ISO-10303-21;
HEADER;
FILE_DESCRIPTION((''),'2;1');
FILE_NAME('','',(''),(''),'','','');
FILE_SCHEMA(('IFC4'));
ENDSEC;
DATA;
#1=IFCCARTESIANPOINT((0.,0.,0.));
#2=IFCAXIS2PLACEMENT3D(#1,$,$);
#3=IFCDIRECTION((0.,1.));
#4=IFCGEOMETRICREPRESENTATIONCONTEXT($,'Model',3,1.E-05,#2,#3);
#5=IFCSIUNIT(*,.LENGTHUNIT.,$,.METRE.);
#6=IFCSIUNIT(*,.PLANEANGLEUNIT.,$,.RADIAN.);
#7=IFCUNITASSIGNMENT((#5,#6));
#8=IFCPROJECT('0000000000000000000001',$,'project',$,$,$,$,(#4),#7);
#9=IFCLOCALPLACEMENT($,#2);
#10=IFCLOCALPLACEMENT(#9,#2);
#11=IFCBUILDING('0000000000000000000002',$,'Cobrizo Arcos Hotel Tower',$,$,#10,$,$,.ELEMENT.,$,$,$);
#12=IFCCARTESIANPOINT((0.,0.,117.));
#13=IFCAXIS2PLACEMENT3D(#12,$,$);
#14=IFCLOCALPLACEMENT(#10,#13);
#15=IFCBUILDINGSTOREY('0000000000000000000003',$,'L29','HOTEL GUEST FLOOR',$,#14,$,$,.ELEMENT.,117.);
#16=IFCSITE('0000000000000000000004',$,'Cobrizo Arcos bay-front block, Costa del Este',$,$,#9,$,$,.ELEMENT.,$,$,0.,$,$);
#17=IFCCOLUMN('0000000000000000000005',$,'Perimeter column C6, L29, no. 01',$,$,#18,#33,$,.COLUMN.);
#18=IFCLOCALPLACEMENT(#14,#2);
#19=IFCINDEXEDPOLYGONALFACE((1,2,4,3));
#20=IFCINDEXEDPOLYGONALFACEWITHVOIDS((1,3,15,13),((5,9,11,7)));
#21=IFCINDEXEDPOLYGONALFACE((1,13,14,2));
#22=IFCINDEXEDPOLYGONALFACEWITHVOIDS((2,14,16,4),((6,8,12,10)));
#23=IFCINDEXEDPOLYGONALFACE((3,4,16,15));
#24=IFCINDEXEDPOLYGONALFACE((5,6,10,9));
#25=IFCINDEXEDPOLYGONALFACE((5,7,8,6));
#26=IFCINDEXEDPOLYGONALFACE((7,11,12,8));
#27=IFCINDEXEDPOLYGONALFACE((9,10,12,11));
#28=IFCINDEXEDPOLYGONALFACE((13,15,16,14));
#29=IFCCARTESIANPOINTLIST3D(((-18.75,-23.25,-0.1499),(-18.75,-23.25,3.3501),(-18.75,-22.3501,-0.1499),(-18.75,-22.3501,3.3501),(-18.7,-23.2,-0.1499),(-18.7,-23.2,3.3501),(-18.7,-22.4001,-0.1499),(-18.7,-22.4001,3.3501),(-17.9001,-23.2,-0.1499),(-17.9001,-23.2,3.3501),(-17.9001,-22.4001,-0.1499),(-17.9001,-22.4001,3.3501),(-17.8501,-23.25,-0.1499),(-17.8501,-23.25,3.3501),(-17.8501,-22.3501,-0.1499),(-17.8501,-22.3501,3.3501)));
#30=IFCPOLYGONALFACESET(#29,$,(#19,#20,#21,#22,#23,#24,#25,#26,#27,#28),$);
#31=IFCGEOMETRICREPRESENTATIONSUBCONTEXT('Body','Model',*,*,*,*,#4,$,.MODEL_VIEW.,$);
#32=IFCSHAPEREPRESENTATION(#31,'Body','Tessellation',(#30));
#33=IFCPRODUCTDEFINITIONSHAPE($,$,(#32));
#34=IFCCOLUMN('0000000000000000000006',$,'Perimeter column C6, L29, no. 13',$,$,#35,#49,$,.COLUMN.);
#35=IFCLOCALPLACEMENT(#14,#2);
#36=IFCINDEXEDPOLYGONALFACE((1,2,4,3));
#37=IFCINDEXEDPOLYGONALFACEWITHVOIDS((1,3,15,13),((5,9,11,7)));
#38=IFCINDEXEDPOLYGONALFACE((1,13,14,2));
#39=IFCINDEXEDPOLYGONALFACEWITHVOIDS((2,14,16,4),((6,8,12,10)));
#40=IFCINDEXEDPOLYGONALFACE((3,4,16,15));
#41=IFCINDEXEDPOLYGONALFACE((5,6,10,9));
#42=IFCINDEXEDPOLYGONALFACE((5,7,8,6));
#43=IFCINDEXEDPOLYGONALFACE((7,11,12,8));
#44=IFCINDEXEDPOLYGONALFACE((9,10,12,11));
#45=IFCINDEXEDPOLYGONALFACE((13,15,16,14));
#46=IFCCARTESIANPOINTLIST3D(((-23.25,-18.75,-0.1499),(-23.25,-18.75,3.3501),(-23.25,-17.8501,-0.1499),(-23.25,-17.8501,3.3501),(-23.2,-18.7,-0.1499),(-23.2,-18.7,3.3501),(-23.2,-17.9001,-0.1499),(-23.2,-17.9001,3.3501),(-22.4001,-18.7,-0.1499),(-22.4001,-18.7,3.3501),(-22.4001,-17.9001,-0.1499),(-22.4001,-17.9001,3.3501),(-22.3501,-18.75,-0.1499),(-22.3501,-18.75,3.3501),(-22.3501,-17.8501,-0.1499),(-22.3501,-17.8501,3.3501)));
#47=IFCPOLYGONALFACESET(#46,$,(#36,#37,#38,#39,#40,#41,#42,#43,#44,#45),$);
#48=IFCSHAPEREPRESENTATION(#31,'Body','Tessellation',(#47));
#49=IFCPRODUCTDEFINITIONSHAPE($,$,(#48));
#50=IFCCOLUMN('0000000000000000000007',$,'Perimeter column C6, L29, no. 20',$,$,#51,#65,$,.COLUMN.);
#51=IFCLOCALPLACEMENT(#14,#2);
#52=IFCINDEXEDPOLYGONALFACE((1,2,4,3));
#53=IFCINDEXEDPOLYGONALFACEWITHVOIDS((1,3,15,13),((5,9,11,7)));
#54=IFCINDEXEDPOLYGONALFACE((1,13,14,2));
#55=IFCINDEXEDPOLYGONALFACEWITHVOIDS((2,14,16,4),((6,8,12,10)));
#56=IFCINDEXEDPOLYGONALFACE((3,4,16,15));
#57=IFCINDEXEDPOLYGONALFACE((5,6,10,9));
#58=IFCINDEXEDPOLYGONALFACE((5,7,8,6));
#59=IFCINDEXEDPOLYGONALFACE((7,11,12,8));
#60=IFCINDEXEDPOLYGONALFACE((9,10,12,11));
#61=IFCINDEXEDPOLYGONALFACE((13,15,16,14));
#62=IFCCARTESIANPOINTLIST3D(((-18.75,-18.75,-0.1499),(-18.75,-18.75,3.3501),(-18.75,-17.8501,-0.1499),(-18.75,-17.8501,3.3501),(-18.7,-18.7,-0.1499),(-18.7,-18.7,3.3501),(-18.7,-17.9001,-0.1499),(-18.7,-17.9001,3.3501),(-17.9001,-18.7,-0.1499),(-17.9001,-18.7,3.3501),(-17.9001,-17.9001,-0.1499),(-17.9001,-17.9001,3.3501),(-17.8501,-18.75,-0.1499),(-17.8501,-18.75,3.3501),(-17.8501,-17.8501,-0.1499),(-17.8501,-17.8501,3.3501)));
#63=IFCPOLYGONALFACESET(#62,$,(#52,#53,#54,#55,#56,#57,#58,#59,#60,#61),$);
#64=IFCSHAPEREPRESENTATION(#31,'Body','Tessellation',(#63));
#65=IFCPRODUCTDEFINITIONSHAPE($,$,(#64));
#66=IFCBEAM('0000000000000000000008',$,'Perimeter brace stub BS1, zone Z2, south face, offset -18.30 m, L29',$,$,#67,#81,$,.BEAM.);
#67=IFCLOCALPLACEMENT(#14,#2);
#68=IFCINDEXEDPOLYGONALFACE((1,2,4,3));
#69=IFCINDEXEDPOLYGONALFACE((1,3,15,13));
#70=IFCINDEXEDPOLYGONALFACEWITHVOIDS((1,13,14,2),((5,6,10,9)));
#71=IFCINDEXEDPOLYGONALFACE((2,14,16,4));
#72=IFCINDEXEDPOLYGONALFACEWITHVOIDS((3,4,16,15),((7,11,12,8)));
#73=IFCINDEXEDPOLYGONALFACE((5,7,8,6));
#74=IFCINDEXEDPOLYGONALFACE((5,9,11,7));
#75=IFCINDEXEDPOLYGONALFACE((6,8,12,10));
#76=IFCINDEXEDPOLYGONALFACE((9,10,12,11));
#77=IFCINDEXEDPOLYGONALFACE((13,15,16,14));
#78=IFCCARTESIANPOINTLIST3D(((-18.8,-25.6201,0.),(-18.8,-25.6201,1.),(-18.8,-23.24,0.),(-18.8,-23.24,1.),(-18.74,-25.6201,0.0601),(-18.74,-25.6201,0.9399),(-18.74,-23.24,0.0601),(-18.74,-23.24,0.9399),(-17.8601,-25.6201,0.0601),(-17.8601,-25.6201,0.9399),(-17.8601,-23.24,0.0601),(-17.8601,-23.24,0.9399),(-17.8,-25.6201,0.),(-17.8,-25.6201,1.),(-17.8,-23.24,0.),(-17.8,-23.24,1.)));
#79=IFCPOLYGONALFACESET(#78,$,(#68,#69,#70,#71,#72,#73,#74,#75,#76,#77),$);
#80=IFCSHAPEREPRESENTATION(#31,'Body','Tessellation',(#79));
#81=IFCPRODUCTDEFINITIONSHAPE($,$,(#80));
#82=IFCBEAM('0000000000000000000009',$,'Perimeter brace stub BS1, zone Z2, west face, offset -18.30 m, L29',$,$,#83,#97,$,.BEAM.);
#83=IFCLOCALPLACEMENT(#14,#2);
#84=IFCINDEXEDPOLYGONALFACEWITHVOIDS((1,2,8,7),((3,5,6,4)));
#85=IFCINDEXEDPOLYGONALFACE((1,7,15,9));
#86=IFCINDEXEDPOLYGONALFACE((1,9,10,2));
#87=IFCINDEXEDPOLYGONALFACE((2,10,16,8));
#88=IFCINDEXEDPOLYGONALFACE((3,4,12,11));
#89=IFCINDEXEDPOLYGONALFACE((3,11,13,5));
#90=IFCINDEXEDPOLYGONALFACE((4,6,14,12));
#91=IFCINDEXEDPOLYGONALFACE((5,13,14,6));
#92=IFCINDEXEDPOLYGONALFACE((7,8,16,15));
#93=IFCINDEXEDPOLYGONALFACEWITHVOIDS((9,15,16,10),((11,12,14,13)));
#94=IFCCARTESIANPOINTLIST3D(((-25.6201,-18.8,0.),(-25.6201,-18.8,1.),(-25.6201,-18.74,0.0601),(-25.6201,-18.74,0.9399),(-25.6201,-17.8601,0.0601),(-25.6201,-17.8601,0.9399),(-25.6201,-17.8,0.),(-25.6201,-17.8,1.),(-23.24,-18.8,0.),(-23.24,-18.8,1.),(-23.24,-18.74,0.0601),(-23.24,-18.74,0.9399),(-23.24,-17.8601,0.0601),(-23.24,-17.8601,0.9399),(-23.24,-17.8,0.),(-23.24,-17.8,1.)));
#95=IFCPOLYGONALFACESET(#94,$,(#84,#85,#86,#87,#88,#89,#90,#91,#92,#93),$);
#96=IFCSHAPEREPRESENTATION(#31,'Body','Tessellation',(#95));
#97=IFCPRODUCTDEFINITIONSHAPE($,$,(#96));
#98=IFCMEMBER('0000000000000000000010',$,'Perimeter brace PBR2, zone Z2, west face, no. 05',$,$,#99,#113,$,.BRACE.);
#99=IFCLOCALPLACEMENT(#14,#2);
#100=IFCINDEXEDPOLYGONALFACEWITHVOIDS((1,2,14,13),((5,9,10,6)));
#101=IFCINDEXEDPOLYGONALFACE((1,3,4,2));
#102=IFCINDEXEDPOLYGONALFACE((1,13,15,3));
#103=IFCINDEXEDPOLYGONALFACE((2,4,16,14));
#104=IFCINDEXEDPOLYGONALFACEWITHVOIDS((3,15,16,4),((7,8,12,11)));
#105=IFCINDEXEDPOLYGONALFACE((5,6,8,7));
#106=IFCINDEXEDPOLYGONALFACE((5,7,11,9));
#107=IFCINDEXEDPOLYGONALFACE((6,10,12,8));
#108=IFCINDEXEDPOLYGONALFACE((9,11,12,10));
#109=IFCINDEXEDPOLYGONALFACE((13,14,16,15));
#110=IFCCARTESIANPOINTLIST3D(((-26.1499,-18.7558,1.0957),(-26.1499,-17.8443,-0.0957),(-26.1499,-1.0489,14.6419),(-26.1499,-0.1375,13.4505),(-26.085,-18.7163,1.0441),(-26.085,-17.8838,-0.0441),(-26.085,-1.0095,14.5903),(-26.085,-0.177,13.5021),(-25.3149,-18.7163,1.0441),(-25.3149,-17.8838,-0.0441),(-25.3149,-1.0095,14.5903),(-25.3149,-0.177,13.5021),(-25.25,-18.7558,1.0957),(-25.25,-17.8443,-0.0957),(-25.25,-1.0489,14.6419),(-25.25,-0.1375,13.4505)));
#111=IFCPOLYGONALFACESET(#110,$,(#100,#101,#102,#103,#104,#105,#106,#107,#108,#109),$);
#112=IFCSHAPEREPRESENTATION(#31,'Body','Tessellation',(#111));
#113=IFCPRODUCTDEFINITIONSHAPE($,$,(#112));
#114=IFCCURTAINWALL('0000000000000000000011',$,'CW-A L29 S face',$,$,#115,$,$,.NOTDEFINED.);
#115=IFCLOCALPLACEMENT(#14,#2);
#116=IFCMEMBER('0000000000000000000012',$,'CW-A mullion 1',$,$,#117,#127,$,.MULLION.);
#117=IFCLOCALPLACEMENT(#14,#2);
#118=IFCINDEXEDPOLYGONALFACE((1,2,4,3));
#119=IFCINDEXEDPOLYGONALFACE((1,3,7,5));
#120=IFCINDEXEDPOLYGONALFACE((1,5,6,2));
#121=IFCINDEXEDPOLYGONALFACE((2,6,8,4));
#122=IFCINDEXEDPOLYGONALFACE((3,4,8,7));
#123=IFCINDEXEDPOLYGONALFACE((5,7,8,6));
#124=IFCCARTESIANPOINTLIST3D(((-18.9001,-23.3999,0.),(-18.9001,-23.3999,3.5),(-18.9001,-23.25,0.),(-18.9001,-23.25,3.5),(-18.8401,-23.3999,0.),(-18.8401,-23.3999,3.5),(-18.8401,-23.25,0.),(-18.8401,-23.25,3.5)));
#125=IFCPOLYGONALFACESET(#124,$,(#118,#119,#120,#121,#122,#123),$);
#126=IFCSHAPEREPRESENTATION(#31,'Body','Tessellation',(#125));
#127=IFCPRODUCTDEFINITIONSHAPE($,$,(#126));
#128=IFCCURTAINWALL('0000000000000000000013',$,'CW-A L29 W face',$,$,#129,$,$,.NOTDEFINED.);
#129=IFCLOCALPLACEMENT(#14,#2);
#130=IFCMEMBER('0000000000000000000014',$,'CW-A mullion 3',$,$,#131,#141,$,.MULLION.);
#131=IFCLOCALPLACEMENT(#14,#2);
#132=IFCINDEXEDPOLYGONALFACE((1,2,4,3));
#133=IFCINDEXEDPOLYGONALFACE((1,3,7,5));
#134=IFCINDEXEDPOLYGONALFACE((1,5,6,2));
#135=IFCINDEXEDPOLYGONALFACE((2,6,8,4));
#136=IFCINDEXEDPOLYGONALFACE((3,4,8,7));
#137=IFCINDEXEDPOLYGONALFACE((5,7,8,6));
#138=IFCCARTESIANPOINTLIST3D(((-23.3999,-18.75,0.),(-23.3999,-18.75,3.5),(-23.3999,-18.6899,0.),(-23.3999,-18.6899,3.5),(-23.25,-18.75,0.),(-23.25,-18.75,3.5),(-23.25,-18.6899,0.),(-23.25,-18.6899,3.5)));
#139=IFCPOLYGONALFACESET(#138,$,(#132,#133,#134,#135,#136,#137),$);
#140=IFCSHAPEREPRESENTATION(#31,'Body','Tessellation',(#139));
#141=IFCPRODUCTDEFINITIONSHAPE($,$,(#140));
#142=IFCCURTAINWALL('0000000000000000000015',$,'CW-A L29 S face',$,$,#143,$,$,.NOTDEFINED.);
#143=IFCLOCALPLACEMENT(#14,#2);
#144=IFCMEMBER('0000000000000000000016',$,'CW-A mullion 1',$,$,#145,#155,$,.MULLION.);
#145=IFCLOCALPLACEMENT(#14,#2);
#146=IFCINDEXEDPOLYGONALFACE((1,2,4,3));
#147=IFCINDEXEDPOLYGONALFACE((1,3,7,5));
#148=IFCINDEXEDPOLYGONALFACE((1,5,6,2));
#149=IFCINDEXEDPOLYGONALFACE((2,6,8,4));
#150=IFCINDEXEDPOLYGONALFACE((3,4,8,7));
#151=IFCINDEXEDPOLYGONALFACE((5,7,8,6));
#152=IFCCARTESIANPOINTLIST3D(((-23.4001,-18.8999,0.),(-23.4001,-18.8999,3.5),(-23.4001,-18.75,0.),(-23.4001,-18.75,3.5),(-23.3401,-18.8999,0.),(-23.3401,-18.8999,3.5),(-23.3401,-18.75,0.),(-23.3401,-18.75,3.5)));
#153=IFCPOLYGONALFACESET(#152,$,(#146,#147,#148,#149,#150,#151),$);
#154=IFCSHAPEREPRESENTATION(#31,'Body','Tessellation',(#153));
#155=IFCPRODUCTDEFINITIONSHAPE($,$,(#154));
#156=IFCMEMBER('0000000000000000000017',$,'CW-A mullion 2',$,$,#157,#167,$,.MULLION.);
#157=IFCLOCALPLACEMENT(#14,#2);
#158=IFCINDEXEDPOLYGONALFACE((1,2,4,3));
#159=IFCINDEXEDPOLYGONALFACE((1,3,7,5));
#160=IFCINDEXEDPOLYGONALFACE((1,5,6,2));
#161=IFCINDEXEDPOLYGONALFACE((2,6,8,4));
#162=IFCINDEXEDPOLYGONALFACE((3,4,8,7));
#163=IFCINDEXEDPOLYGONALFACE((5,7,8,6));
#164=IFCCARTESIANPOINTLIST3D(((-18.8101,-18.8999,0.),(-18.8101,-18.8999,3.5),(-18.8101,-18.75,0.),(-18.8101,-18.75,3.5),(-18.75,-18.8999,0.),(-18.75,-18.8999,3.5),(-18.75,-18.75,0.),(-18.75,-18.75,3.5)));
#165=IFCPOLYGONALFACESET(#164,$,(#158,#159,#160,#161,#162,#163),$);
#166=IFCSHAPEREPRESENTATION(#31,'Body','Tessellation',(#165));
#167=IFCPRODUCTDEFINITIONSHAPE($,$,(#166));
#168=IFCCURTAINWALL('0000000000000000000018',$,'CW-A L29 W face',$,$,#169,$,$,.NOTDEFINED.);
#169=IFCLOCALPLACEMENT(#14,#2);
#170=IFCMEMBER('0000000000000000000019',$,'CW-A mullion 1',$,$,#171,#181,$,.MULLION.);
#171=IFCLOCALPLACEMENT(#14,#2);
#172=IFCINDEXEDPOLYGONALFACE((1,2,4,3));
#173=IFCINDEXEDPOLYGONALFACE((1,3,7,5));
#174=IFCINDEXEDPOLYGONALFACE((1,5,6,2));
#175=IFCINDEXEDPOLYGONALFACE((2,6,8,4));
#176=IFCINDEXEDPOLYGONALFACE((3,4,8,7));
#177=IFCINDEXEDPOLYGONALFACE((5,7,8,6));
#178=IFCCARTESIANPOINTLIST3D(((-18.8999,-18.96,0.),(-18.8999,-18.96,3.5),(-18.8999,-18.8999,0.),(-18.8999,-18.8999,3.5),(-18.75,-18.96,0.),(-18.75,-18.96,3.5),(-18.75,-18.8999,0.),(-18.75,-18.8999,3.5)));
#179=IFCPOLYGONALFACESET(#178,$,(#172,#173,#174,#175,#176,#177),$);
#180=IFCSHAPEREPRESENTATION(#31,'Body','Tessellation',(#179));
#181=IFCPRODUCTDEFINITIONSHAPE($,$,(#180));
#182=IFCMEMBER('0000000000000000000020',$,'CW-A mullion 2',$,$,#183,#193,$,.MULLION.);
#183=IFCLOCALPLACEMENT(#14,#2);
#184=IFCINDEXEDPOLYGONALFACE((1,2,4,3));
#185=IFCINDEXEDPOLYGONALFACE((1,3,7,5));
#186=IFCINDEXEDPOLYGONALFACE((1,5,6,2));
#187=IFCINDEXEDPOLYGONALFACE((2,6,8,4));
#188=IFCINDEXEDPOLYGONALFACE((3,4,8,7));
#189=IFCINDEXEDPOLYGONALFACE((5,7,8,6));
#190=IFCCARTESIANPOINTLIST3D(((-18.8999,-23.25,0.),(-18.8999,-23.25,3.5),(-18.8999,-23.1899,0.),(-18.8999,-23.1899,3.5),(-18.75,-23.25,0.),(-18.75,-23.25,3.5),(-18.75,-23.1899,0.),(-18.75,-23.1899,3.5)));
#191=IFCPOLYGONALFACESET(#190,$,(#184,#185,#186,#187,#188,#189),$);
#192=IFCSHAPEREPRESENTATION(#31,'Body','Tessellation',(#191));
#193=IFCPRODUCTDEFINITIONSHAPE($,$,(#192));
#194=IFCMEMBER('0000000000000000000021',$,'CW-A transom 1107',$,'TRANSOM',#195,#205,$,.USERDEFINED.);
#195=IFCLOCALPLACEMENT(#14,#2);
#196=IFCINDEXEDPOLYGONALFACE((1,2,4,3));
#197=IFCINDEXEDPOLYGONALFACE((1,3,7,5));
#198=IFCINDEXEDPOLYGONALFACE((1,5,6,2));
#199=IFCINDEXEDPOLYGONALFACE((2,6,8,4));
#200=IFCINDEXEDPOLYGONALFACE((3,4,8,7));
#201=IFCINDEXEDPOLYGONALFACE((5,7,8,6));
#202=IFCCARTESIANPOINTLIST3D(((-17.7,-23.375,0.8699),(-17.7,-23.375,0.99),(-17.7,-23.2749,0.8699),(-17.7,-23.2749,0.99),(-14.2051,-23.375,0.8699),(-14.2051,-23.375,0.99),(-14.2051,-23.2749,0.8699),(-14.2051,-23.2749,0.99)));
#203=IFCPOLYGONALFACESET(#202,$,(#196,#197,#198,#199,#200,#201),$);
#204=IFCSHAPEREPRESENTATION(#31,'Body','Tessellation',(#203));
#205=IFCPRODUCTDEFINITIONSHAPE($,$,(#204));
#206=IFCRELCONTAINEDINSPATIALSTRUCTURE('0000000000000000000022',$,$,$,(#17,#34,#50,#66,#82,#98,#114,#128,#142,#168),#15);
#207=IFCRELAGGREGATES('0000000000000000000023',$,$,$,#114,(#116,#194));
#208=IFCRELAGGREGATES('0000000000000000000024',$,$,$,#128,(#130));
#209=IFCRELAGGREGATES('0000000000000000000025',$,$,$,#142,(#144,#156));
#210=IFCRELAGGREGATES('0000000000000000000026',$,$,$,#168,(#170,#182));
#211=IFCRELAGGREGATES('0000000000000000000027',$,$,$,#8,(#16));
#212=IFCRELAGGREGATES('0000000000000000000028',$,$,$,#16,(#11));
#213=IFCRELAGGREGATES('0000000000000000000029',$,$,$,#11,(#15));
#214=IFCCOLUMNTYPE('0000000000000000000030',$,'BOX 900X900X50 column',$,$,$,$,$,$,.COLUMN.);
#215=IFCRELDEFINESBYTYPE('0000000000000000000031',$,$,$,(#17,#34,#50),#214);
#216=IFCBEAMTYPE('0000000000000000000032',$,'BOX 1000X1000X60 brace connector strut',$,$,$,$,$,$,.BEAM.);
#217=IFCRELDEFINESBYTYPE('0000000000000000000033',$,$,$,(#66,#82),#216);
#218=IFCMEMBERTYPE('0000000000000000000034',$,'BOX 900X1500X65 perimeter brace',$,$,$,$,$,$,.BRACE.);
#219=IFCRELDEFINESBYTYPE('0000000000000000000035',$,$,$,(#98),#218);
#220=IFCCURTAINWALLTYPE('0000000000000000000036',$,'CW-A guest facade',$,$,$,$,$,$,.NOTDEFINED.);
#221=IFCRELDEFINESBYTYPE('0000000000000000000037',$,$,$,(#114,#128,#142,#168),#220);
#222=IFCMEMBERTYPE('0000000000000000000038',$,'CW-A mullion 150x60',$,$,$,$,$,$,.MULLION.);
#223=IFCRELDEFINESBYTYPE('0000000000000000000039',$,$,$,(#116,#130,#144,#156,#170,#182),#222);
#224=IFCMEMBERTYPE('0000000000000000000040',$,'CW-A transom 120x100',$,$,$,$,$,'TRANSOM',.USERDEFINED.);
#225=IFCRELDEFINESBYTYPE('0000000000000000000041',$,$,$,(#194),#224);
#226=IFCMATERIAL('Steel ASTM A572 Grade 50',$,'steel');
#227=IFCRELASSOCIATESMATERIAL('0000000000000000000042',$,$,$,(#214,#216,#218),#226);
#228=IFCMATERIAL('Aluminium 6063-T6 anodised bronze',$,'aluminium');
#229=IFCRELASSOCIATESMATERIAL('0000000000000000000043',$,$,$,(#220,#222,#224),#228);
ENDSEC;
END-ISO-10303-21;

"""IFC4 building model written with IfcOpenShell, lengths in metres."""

from ifc_helpers import new_model, si_unit, direction, frame, origin, origin_2d, place, context, subcontext, project, spatial, rectangle, hollow_rectangle, extrude, material, material_profile, profile_set, type_object, element, aggregate, save


model = new_model("IFC4")

# Units and contexts
model_context = context("Model", 3, precision=1e-05, world=origin(), true_north=direction((0.0, 1.0)))
body_context = subcontext(model_context, "Body", "Model", "MODEL_VIEW")
ifc_project = project(units=[si_unit("LENGTHUNIT", "METRE"), si_unit("PLANEANGLEUNIT", "RADIAN")], contexts=[model_context])

# Site, building, storey
site_placement = place(None, origin())
site = spatial("IfcSite", under=ifc_project, at=site_placement, Name="Cobrizo Arcos bay-front block, Costa del Este", CompositionType="ELEMENT", RefElevation=0.0)
building_placement = place(site_placement, origin())
building = spatial("IfcBuilding", under=site, at=building_placement, Name="Cobrizo Arcos Hotel Tower", CompositionType="ELEMENT")
storey_placement = place(building_placement, frame((0.0, 0.0, 117.0)))
storey = spatial("IfcBuildingStorey", under=building, at=storey_placement, Name="L29", Description="HOTEL GUEST FLOOR", CompositionType="ELEMENT", Elevation=117.0)

# Columns
ifc_material_1 = material(Name="Steel ASTM A572 Grade 50", Category="steel")
ifc_material_profile_1 = material_profile(ifc_material_1, hollow_rectangle(XDim=0.8999, YDim=0.8999, WallThickness=0.05, at=origin_2d()), Name="BOX 900X900X50")
ifc_profile_set_1 = profile_set([ifc_material_profile_1], Name="Steel ASTM A572 Grade 50")
column_type = type_object("IfcColumnType", Name="BOX 900X900X50 column", PredefinedType="COLUMN", material=ifc_profile_set_1)
for number, where, z_axis, x_axis, name in (
    (1, (-18.3, -22.8, -0.1499), (0.0, 0.0, 1.0), (1.0, 0.0, 0.0), "Perimeter column C6, L29, no. 01"),
    (2, (-22.8, -18.3, -0.1499), (0.0, 0.0, 1.0), (1.0, 0.0, 0.0), "Perimeter column C6, L29, no. 13"),
    (3, (-18.3, -18.3, -0.1499), (0.0, 0.0, 1.0), (1.0, 0.0, 0.0), "Perimeter column C6, L29, no. 20"),
):
    element("IfcColumn", number, at=place(storey_placement, frame(where, z_axis=z_axis, x_axis=x_axis)), inside=storey, type_object=column_type, Name=name, PredefinedType="COLUMN", context=body_context, shape_type="SweptSolid", body=[
        extrude(hollow_rectangle(XDim=0.8999, YDim=0.8999, WallThickness=0.05, at=origin_2d()), origin(), (0.0, 0.0, 1.0), 3.5),
    ])

# Beams
ifc_material_profile_2 = material_profile(ifc_material_1, hollow_rectangle(XDim=1.0, YDim=1.0, WallThickness=0.0601, at=origin_2d()), Name="BOX 1000X1000X60")
ifc_profile_set_2 = profile_set([ifc_material_profile_2], Name="Steel ASTM A572 Grade 50")
beam_type_1 = type_object("IfcBeamType", Name="BOX 1000X1000X60 brace connector strut", PredefinedType="BEAM", material=ifc_profile_set_2)
for number, where, z_axis, x_axis, name in (
    (4, (-18.3, -23.24, 0.5), (0.0, -1.0, 0.0), (1.0, 0.0, 0.0), "Perimeter brace stub BS1, zone Z2, south face, offset -18.30 m, L29"),
    (5, (-23.24, -18.3, 0.5), (-1.0, 0.0, 0.0), (0.0, -1.0, 0.0), "Perimeter brace stub BS1, zone Z2, west face, offset -18.30 m, L29"),
):
    element("IfcBeam", number, at=place(storey_placement, frame(where, z_axis=z_axis, x_axis=x_axis)), inside=storey, type_object=beam_type_1, Name=name, PredefinedType="BEAM", context=body_context, shape_type="SweptSolid", body=[
        extrude(hollow_rectangle(XDim=1.0, YDim=1.0, WallThickness=0.0601, at=origin_2d()), origin(), (0.0, 0.0, 1.0), 2.3801),
    ])

# Member
ifc_material_profile_3 = material_profile(ifc_material_1, hollow_rectangle(XDim=0.8999, YDim=1.5, WallThickness=0.0649, at=origin_2d()), Name="BOX 900X1500X65")
ifc_profile_set_3 = profile_set([ifc_material_profile_3], Name="Steel ASTM A572 Grade 50")
member_type_1 = type_object("IfcMemberType", Name="BOX 900X1500X65 perimeter brace", PredefinedType="BRACE", material=ifc_profile_set_3)
member_1_placement = place(storey_placement, frame((-25.7, -18.3, 0.5), z_axis=(0.0, 0.794235, 0.60761), x_axis=(-1.0, 0.0, 0.0)))
element("IfcMember", 6, at=member_1_placement, inside=storey, type_object=member_type_1, Name="Perimeter brace PBR2, zone Z2, west face, no. 05", PredefinedType="BRACE", context=body_context, shape_type="SweptSolid", body=[
    extrude(hollow_rectangle(XDim=0.8999, YDim=1.5, WallThickness=0.0649, at=origin_2d()), origin(), (0.0, 0.0, 1.0), 22.2942),
])

# Curtain walls, members
ifc_material_2 = material(Name="Aluminium 6063-T6 anodised bronze", Category="aluminium")
curtain_wall_type = type_object("IfcCurtainWallType", Name="CW-A guest facade", PredefinedType="NOTDEFINED", material=ifc_material_2)
curtain_wall_1_placement = place(storey_placement, origin())
curtain_wall_1 = element("IfcCurtainWall", 7, at=curtain_wall_1_placement, inside=storey, type_object=curtain_wall_type, Name="CW-A L29 S face", PredefinedType="NOTDEFINED")
ifc_material_profile_4 = material_profile(ifc_material_2, rectangle(XDim=0.1499, YDim=0.0601, at=origin_2d()), Name="CW-A mullion 150x60")
ifc_profile_set_4 = profile_set([ifc_material_profile_4], Name="Aluminium 6063-T6 anodised bronze")
member_type_2 = type_object("IfcMemberType", Name="CW-A mullion 150x60", PredefinedType="MULLION", material=ifc_profile_set_4)
member_2_placement = place(storey_placement, frame((-18.8701, -23.325, 0.0), z_axis=(0.0, 0.0, 1.0), x_axis=(0.0, -1.0, 0.0)))
member_2 = element("IfcMember", 8, at=member_2_placement, type_object=member_type_2, Name="CW-A mullion 1", PredefinedType="MULLION", context=body_context, shape_type="SweptSolid", body=[
    extrude(rectangle(XDim=0.1499, YDim=0.0601, at=origin_2d()), origin(), (0.0, 0.0, 1.0), 3.5),
])
curtain_wall_2_placement = place(storey_placement, origin())
curtain_wall_2 = element("IfcCurtainWall", 9, at=curtain_wall_2_placement, inside=storey, type_object=curtain_wall_type, Name="CW-A L29 W face", PredefinedType="NOTDEFINED")
member_3_placement = place(storey_placement, frame((-23.325, -18.72, 0.0), z_axis=(0.0, 0.0, 1.0), x_axis=(-1.0, 0.0, 0.0)))
member_3 = element("IfcMember", 10, at=member_3_placement, type_object=member_type_2, Name="CW-A mullion 3", PredefinedType="MULLION", context=body_context, shape_type="SweptSolid", body=[
    extrude(rectangle(XDim=0.1499, YDim=0.0601, at=origin_2d()), origin(), (0.0, 0.0, 1.0), 3.5),
])

# Curtain walls, members
curtain_wall_3_placement = place(storey_placement, origin())
curtain_wall_3 = element("IfcCurtainWall", 11, at=curtain_wall_3_placement, inside=storey, type_object=curtain_wall_type, Name="CW-A L29 S face", PredefinedType="NOTDEFINED")
member_4_placement = place(storey_placement, frame((-23.3701, -18.825, 0.0), z_axis=(0.0, 0.0, 1.0), x_axis=(0.0, -1.0, 0.0)))
member_4 = element("IfcMember", 12, at=member_4_placement, type_object=member_type_2, Name="CW-A mullion 1", PredefinedType="MULLION", context=body_context, shape_type="SweptSolid", body=[
    extrude(rectangle(XDim=0.1499, YDim=0.0601, at=origin_2d()), origin(), (0.0, 0.0, 1.0), 3.5),
])
member_5_placement = place(storey_placement, frame((-18.78, -18.825, 0.0), z_axis=(0.0, 0.0, 1.0), x_axis=(0.0, -1.0, 0.0)))
member_5 = element("IfcMember", 13, at=member_5_placement, type_object=member_type_2, Name="CW-A mullion 2", PredefinedType="MULLION", context=body_context, shape_type="SweptSolid", body=[
    extrude(rectangle(XDim=0.1499, YDim=0.0601, at=origin_2d()), origin(), (0.0, 0.0, 1.0), 3.5),
])
curtain_wall_4_placement = place(storey_placement, origin())
curtain_wall_4 = element("IfcCurtainWall", 14, at=curtain_wall_4_placement, inside=storey, type_object=curtain_wall_type, Name="CW-A L29 W face", PredefinedType="NOTDEFINED")
member_6_placement = place(storey_placement, frame((-18.825, -18.9299, 0.0), z_axis=(0.0, 0.0, 1.0), x_axis=(-1.0, 0.0, 0.0)))
member_6 = element("IfcMember", 15, at=member_6_placement, type_object=member_type_2, Name="CW-A mullion 1", PredefinedType="MULLION", context=body_context, shape_type="SweptSolid", body=[
    extrude(rectangle(XDim=0.1499, YDim=0.0601, at=origin_2d()), origin(), (0.0, 0.0, 1.0), 3.5),
])
member_7_placement = place(storey_placement, frame((-18.825, -23.22, 0.0), z_axis=(0.0, 0.0, 1.0), x_axis=(-1.0, 0.0, 0.0)))
member_7 = element("IfcMember", 16, at=member_7_placement, type_object=member_type_2, Name="CW-A mullion 2", PredefinedType="MULLION", context=body_context, shape_type="SweptSolid", body=[
    extrude(rectangle(XDim=0.1499, YDim=0.0601, at=origin_2d()), origin(), (0.0, 0.0, 1.0), 3.5),
])

# Member
ifc_material_profile_5 = material_profile(ifc_material_2, rectangle(XDim=0.1001, YDim=0.1201, at=origin_2d()), Name="CW-A transom 120x100")
ifc_profile_set_5 = profile_set([ifc_material_profile_5], Name="Aluminium 6063-T6 anodised bronze")
member_type_3 = type_object("IfcMemberType", Name="CW-A transom 120x100", ElementType="TRANSOM", PredefinedType="USERDEFINED", material=ifc_profile_set_5)
member_8_placement = place(storey_placement, frame((-17.7, -23.325, 0.9299), z_axis=(1.0, 0.0, 0.0), x_axis=(0.0, 1.0, 0.0)))
member_8 = element("IfcMember", 17, at=member_8_placement, type_object=member_type_3, Name="CW-A transom 1107", ObjectType="TRANSOM", PredefinedType="USERDEFINED", context=body_context, shape_type="SweptSolid", body=[
    extrude(rectangle(XDim=0.1001, YDim=0.1201, at=origin_2d()), origin(), (0.0, 0.0, 1.0), 3.4949),
])

aggregate(curtain_wall_1, [member_2, member_8])
aggregate(curtain_wall_2, [member_3])
aggregate(curtain_wall_3, [member_4, member_5])
aggregate(curtain_wall_4, [member_6, member_7])

save(model, "model.ifc")
